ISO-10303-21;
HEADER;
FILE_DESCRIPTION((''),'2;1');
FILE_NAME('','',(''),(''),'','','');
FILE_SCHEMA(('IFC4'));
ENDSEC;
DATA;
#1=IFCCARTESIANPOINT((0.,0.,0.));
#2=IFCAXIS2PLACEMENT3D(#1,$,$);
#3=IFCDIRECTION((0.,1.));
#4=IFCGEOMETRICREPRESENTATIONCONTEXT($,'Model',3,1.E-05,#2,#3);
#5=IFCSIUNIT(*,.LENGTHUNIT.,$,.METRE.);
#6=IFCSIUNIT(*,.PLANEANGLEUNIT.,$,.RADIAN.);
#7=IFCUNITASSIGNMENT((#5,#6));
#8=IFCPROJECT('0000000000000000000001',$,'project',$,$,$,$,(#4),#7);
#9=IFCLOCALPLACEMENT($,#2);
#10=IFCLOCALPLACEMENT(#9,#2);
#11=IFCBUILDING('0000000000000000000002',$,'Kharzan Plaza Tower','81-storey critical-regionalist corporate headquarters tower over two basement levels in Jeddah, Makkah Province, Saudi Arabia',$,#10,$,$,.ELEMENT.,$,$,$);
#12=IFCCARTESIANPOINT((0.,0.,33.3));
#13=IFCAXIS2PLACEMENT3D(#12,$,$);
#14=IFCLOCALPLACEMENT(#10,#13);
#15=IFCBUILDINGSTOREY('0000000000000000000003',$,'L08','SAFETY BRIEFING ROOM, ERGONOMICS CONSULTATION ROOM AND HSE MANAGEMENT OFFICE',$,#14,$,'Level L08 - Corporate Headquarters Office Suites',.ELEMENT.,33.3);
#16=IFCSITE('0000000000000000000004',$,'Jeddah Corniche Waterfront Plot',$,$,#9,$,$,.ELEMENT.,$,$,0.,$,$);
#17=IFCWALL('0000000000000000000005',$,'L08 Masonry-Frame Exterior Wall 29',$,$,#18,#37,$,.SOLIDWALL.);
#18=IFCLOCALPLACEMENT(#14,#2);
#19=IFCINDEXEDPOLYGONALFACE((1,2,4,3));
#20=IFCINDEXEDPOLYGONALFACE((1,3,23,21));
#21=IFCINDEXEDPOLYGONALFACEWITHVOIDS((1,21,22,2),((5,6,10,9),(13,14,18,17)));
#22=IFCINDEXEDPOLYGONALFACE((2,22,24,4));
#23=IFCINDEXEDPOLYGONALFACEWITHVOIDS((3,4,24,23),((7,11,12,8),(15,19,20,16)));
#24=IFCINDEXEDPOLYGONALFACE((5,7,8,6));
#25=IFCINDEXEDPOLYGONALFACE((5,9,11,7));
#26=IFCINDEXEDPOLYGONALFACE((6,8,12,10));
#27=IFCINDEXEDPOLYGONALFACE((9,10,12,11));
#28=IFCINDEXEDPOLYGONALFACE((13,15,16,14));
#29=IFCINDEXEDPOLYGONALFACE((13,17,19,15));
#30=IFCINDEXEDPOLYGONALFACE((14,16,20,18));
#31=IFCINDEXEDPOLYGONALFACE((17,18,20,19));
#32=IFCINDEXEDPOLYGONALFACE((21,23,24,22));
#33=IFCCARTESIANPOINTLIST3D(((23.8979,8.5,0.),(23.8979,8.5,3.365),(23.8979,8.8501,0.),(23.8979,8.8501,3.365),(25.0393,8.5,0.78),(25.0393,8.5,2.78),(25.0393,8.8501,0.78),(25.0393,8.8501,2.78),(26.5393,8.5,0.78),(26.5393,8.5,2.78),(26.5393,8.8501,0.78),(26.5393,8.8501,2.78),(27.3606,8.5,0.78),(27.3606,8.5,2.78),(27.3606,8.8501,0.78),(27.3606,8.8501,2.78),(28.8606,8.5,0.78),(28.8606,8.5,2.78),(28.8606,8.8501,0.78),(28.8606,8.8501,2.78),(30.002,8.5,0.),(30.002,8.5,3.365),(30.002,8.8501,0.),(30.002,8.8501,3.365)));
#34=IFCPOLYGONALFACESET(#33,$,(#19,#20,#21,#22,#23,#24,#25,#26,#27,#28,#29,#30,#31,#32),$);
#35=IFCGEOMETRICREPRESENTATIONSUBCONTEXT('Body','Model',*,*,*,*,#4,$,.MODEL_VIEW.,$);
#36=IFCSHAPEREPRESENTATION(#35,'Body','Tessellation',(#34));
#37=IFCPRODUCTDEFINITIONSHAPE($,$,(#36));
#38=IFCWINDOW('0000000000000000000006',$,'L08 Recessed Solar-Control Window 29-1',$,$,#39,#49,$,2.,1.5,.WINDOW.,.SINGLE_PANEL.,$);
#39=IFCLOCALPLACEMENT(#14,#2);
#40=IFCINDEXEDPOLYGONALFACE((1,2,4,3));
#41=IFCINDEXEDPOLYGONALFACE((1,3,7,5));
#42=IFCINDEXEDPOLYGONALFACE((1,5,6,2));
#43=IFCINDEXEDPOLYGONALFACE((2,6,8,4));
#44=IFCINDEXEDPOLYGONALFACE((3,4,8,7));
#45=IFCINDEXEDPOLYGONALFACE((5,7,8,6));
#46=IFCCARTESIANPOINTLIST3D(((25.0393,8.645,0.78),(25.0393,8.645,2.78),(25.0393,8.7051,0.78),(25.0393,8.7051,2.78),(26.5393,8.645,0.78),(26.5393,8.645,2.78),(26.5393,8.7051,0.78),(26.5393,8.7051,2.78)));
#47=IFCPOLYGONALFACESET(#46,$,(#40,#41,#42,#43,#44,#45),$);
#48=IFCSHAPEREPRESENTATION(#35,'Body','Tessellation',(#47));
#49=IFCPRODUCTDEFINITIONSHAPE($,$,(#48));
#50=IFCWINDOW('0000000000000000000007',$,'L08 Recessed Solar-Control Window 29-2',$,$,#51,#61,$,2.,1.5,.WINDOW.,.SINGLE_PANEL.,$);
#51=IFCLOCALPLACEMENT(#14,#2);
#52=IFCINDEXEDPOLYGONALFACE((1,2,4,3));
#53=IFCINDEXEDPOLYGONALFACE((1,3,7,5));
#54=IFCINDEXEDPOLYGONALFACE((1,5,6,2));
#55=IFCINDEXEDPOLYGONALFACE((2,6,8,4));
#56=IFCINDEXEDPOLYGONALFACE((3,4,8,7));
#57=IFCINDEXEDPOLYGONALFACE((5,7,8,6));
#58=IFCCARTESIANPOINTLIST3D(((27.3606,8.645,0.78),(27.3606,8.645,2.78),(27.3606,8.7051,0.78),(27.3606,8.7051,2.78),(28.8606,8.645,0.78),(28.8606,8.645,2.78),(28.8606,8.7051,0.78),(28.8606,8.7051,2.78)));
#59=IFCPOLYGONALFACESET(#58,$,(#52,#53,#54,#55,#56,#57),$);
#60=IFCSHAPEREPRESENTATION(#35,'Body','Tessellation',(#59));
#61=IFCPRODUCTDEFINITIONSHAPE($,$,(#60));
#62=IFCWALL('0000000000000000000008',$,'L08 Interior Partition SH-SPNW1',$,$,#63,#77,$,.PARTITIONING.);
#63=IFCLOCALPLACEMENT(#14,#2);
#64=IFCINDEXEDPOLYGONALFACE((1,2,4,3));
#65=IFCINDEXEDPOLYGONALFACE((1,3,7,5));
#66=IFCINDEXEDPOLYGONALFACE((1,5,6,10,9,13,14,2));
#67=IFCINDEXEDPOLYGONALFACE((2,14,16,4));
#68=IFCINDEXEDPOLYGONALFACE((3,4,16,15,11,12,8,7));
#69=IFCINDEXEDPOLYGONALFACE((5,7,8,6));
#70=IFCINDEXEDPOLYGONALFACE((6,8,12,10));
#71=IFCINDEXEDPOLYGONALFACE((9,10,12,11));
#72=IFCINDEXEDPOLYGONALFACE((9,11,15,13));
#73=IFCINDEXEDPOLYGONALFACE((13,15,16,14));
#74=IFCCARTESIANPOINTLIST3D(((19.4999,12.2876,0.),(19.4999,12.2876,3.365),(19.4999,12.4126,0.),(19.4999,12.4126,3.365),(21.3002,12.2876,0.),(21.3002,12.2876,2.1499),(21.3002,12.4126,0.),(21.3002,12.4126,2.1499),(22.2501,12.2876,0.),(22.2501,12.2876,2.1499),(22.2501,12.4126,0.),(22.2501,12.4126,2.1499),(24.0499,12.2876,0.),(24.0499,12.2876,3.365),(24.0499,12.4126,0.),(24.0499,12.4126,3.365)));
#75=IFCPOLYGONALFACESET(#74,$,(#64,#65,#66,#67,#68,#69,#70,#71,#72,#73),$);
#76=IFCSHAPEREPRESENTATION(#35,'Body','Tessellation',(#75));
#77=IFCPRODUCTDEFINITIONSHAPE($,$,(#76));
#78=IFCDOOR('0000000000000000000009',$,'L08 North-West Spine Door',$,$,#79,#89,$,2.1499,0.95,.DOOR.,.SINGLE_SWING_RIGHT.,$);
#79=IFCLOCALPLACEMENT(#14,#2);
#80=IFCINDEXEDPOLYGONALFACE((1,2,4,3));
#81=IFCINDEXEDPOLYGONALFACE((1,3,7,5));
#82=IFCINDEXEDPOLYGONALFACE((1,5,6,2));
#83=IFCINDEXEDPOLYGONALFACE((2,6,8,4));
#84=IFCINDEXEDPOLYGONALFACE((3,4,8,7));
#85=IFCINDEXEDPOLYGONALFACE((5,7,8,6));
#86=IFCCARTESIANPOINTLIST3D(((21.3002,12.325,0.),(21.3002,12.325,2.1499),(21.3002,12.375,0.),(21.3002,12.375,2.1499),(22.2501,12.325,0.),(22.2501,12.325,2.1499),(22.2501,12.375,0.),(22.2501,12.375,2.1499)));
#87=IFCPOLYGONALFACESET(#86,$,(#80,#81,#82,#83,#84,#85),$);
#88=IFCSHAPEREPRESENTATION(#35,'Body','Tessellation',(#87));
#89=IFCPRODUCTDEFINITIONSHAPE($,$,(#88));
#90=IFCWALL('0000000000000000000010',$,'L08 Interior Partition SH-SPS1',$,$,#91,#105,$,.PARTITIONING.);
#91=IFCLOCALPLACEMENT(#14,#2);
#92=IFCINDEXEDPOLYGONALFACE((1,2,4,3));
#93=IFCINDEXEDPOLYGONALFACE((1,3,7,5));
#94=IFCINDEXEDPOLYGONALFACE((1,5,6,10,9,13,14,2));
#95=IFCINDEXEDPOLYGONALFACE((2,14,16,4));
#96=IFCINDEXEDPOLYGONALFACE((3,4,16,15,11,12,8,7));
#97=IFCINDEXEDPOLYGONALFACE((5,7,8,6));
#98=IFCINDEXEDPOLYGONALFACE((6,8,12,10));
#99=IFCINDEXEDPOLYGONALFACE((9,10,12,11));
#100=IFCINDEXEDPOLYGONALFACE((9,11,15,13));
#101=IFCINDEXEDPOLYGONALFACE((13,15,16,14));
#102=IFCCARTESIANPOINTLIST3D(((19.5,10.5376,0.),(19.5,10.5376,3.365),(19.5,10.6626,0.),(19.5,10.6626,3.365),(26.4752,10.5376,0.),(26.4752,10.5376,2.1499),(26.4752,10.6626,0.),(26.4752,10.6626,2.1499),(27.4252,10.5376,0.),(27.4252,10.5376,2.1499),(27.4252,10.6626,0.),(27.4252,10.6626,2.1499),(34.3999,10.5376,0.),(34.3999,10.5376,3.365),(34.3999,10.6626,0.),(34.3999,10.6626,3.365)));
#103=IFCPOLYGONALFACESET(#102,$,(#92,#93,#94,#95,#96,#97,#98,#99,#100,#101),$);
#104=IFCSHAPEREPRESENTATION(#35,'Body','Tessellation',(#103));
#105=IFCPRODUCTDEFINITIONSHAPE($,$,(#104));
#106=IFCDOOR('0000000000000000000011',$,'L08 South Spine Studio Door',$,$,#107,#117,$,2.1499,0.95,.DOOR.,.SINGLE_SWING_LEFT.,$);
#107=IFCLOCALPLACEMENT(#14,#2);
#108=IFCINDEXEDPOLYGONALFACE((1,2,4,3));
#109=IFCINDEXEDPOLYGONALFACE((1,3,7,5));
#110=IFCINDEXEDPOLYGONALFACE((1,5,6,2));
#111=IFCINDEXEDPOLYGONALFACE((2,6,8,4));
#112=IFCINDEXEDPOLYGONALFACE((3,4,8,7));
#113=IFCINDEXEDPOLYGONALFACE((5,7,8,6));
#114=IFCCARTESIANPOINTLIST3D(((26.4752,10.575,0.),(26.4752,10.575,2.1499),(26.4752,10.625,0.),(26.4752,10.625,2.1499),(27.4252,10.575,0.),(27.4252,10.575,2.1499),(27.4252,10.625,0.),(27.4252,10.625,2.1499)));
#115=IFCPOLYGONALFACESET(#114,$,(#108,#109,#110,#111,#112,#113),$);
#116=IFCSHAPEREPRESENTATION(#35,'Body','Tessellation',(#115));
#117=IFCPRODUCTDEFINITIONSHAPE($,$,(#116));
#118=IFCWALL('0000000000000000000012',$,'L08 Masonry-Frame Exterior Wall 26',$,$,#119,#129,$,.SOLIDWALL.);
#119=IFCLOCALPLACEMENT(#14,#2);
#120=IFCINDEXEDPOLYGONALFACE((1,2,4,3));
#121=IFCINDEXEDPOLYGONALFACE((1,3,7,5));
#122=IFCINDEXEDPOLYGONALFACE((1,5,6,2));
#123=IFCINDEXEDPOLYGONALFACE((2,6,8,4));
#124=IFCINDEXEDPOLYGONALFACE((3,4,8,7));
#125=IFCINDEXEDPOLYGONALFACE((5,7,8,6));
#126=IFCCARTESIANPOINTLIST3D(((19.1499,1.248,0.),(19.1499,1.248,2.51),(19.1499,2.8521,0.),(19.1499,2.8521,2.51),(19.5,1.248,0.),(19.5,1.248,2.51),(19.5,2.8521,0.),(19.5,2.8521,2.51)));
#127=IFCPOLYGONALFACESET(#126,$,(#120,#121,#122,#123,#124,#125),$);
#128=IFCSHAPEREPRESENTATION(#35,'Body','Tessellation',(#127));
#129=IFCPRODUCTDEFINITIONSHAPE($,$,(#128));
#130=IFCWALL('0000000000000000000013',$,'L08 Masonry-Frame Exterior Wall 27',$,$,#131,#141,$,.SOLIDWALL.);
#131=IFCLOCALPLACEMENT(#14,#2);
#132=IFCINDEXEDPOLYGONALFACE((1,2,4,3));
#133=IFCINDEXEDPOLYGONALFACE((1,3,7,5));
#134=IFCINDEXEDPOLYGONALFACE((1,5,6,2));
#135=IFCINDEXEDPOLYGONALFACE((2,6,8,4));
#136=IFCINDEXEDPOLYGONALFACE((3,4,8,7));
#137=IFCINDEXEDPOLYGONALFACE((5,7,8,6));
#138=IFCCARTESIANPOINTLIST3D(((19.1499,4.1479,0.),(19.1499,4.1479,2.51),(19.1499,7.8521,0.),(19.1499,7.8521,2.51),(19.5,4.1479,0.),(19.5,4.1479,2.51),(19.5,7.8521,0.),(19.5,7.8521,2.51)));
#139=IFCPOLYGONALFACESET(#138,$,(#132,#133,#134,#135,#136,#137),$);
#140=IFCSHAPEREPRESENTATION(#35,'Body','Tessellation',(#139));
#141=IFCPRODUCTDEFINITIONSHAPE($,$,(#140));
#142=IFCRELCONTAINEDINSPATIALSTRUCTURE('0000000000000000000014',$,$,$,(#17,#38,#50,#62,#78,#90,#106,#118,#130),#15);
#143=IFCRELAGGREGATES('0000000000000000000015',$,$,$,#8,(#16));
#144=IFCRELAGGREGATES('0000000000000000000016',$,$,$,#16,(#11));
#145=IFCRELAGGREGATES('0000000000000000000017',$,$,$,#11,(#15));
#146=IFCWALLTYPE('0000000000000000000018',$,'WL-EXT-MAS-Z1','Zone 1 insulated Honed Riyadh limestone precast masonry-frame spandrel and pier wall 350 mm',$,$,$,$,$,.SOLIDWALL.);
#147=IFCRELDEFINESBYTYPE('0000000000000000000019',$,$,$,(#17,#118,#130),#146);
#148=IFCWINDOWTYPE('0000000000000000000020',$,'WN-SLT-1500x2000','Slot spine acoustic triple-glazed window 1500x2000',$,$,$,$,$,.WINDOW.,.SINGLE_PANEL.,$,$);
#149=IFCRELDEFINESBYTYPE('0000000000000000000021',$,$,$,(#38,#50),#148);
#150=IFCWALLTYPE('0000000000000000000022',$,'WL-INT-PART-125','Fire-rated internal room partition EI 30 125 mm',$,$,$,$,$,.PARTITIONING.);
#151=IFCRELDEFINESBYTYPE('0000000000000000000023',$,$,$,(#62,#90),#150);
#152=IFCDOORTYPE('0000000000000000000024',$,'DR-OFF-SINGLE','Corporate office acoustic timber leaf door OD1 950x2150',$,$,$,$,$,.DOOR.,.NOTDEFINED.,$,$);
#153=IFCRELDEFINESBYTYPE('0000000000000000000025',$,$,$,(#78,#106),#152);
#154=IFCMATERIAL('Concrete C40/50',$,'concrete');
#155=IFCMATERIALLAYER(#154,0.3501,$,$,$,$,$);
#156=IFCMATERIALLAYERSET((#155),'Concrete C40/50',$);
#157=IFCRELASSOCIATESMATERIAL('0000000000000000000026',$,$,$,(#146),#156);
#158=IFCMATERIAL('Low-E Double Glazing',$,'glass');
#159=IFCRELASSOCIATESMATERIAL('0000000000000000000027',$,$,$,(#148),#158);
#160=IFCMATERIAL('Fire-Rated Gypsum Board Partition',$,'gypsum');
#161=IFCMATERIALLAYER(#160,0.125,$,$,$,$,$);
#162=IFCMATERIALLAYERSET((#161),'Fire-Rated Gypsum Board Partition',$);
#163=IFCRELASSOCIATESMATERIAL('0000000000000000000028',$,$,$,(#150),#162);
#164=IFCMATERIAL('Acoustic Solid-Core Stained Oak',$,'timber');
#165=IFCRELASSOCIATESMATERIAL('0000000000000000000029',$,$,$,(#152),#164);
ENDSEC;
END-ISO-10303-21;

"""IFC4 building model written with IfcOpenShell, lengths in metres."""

from ifc_helpers import new_model, si_unit, direction, frame, frame_2d, origin, place, context, subcontext, project, spatial, rectangle, extrude, source, transform, mapped, material, layer, layer_set, type_object, element, fill, save


model = new_model("IFC4")

# Units and contexts
model_context = context("Model", 3, precision=1e-05, world=origin(), true_north=direction((0.0, 1.0)))
body_context = subcontext(model_context, "Body", "Model", "MODEL_VIEW")
ifc_project = project(units=[si_unit("LENGTHUNIT", "METRE"), si_unit("PLANEANGLEUNIT", "RADIAN")], contexts=[model_context])

# Site, building, storey
site_placement = place(None, origin())
site = spatial("IfcSite", under=ifc_project, at=site_placement, Name="Jeddah Corniche Waterfront Plot", CompositionType="ELEMENT", RefElevation=0.0)
building_placement = place(site_placement, origin())
building = spatial("IfcBuilding", under=site, at=building_placement, Name="Kharzan Plaza Tower", Description="81-storey critical-regionalist corporate headquarters tower over two basement levels in Jeddah, Makkah Province, Saudi Arabia", CompositionType="ELEMENT")
storey_placement = place(building_placement, frame((0.0, 0.0, 33.3)))
storey = spatial("IfcBuildingStorey", under=building, at=storey_placement, Name="L08", Description="SAFETY BRIEFING ROOM, ERGONOMICS CONSULTATION ROOM AND HSE MANAGEMENT OFFICE", LongName="Level L08 - Corporate Headquarters Office Suites", CompositionType="ELEMENT", Elevation=33.3)

# Shared definitions
ifc_material_1 = material(Name="Concrete C40/50", Category="concrete")
ifc_layer_1 = layer(ifc_material_1, 0.3501)
ifc_layer_set_1 = layer_set([ifc_layer_1], Name="Concrete C40/50")
wall_type_1 = type_object("IfcWallType", Name="WL-EXT-MAS-Z1", Description="Zone 1 insulated Honed Riyadh limestone precast masonry-frame spandrel and pier wall 350 mm", PredefinedType="SOLIDWALL", material=ifc_layer_set_1)
ifc_material_2 = material(Name="Low-E Double Glazing", Category="glass")
window_type = type_object("IfcWindowType", Name="WN-SLT-1500x2000", Description="Slot spine acoustic triple-glazed window 1500x2000", PartitioningType="SINGLE_PANEL", PredefinedType="WINDOW", material=ifc_material_2)
shared_shape_1 = source(origin(), body_context, "Body", "SweptSolid", [
    extrude(rectangle(XDim=1.5, YDim=2.0, at=frame_2d((0.75, 1.0))), frame((0.0, 0.03, 0.0), z_axis=(0.0, -1.0, 0.0), x_axis=(1.0, 0.0, 0.0)), (0.0, 0.0, 1.0), 0.0601),
])

# Wall, openings, windows
wall_1_placement = place(storey_placement, frame((23.8979, 8.675, 0.0), z_axis=(0.0, 0.0, 1.0), x_axis=(1.0, 0.0, 0.0)))
wall_1 = element("IfcWall", 1, at=wall_1_placement, inside=storey, type_object=wall_type_1, Name="L08 Masonry-Frame Exterior Wall 29", PredefinedType="SOLIDWALL", context=body_context, shape_type="SweptSolid", body=[
    extrude(rectangle(XDim=6.104, YDim=0.3501, at=frame_2d((3.052, 0.0))), origin(), (0.0, 0.0, 1.0), 3.365),
])
opening_1_placement = place(wall_1_placement, frame((1.1414, 0.0, 0.78)))
opening_1 = element("IfcOpeningElement", 2, at=opening_1_placement, cuts=wall_1, PredefinedType="OPENING", context=body_context, shape_type="SweptSolid", body=[
    extrude(rectangle(XDim=1.5, YDim=2.0, at=frame_2d((0.75, 1.0))), frame((0.0, 0.1851, 0.0), z_axis=(0.0, -1.0, 0.0), x_axis=(1.0, 0.0, 0.0)), (0.0, 0.0, 1.0), 0.3701),
])
opening_2_placement = place(wall_1_placement, frame((3.4626, 0.0, 0.78)))
opening_2 = element("IfcOpeningElement", 3, at=opening_2_placement, cuts=wall_1, PredefinedType="OPENING", context=body_context, shape_type="SweptSolid", body=[
    extrude(rectangle(XDim=1.5, YDim=2.0, at=frame_2d((0.75, 1.0))), frame((0.0, 0.1851, 0.0), z_axis=(0.0, -1.0, 0.0), x_axis=(1.0, 0.0, 0.0)), (0.0, 0.0, 1.0), 0.3701),
])
window_1_placement = place(opening_1_placement, origin())
window_1 = element("IfcWindow", 4, at=window_1_placement, inside=storey, type_object=window_type, Name="L08 Recessed Solar-Control Window 29-1", OverallHeight=2.0, OverallWidth=1.5, PartitioningType="SINGLE_PANEL", PredefinedType="WINDOW", context=body_context, shape_type="MappedRepresentation", body=[
    mapped(shared_shape_1, transform((0.0, 0.0, 0.0), x_axis=(1.0, 0.0, 0.0), y_axis=(0.0, 1.0, 0.0), z_axis=(0.0, 0.0, 1.0))),
])
fill(opening_1, window_1)
window_2_placement = place(opening_2_placement, origin())
window_2 = element("IfcWindow", 5, at=window_2_placement, inside=storey, type_object=window_type, Name="L08 Recessed Solar-Control Window 29-2", OverallHeight=2.0, OverallWidth=1.5, PartitioningType="SINGLE_PANEL", PredefinedType="WINDOW", context=body_context, shape_type="MappedRepresentation", body=[
    mapped(shared_shape_1, transform((0.0, 0.0, 0.0), x_axis=(1.0, 0.0, 0.0), y_axis=(0.0, 1.0, 0.0), z_axis=(0.0, 0.0, 1.0))),
])
fill(opening_2, window_2)

# Walls, openings, doors
ifc_material_3 = material(Name="Fire-Rated Gypsum Board Partition", Category="gypsum")
ifc_layer_2 = layer(ifc_material_3, 0.125)
ifc_layer_set_2 = layer_set([ifc_layer_2], Name="Fire-Rated Gypsum Board Partition")
wall_type_2 = type_object("IfcWallType", Name="WL-INT-PART-125", Description="Fire-rated internal room partition EI 30 125 mm", PredefinedType="PARTITIONING", material=ifc_layer_set_2)
wall_2_placement = place(storey_placement, frame((19.5, 12.3501, 0.0), z_axis=(0.0, 0.0, 1.0), x_axis=(1.0, 0.0, 0.0)))
wall_2 = element("IfcWall", 6, at=wall_2_placement, inside=storey, type_object=wall_type_2, Name="L08 Interior Partition SH-SPNW1", PredefinedType="PARTITIONING", context=body_context, shape_type="SweptSolid", body=[
    extrude(rectangle(XDim=4.55, YDim=0.125, at=frame_2d((2.2749, 0.0))), origin(), (0.0, 0.0, 1.0), 3.365),
])
opening_3_placement = place(wall_2_placement, frame((1.8, 0.0, 0.0)))
opening_3 = element("IfcOpeningElement", 7, at=opening_3_placement, cuts=wall_2, PredefinedType="OPENING", context=body_context, shape_type="SweptSolid", body=[
    extrude(rectangle(XDim=0.95, YDim=2.1499, at=frame_2d((0.4751, 1.075))), frame((0.0, 0.0725, 0.0), z_axis=(0.0, -1.0, 0.0), x_axis=(1.0, 0.0, 0.0)), (0.0, 0.0, 1.0), 0.145),
])
ifc_material_4 = material(Name="Acoustic Solid-Core Stained Oak", Category="timber")
door_type = type_object("IfcDoorType", Name="DR-OFF-SINGLE", Description="Corporate office acoustic timber leaf door OD1 950x2150", OperationType="NOTDEFINED", PredefinedType="DOOR", material=ifc_material_4)
shared_shape_2 = source(origin(), body_context, "Body", "SweptSolid", [
    extrude(rectangle(XDim=0.95, YDim=2.1499, at=frame_2d((0.4751, 1.075))), frame((0.0, 0.0249, 0.0), z_axis=(0.0, -1.0, 0.0), x_axis=(1.0, 0.0, 0.0)), (0.0, 0.0, 1.0), 0.05),
])
door_1_placement = place(opening_3_placement, origin())
door_1 = element("IfcDoor", 8, at=door_1_placement, inside=storey, type_object=door_type, Name="L08 North-West Spine Door", OperationType="SINGLE_SWING_RIGHT", OverallHeight=2.1499, OverallWidth=0.95, PredefinedType="DOOR", context=body_context, shape_type="MappedRepresentation", body=[
    mapped(shared_shape_2, transform((0.0, 0.0, 0.0), x_axis=(1.0, 0.0, 0.0), y_axis=(0.0, 1.0, 0.0), z_axis=(0.0, 0.0, 1.0))),
])
fill(opening_3, door_1)
wall_3_placement = place(storey_placement, frame((19.5, 10.6001, 0.0), z_axis=(0.0, 0.0, 1.0), x_axis=(1.0, 0.0, 0.0)))
wall_3 = element("IfcWall", 9, at=wall_3_placement, inside=storey, type_object=wall_type_2, Name="L08 Interior Partition SH-SPS1", PredefinedType="PARTITIONING", context=body_context, shape_type="SweptSolid", body=[
    extrude(rectangle(XDim=14.8999, YDim=0.125, at=frame_2d((7.45, 0.0))), origin(), (0.0, 0.0, 1.0), 3.365),
])
opening_4_placement = place(wall_3_placement, frame((6.9751, 0.0, 0.0)))
opening_4 = element("IfcOpeningElement", 10, at=opening_4_placement, cuts=wall_3, PredefinedType="OPENING", context=body_context, shape_type="SweptSolid", body=[
    extrude(rectangle(XDim=0.95, YDim=2.1499, at=frame_2d((0.4751, 1.075))), frame((0.0, 0.0725, 0.0), z_axis=(0.0, -1.0, 0.0), x_axis=(1.0, 0.0, 0.0)), (0.0, 0.0, 1.0), 0.145),
])
door_2_placement = place(opening_4_placement, origin())
door_2 = element("IfcDoor", 11, at=door_2_placement, inside=storey, type_object=door_type, Name="L08 South Spine Studio Door", OperationType="SINGLE_SWING_LEFT", OverallHeight=2.1499, OverallWidth=0.95, PredefinedType="DOOR", context=body_context, shape_type="MappedRepresentation", body=[
    mapped(shared_shape_2, transform((0.0, 0.0, 0.0), x_axis=(1.0, 0.0, 0.0), y_axis=(0.0, 1.0, 0.0), z_axis=(0.0, 0.0, 1.0))),
])
fill(opening_4, door_2)

# Walls
shared_shape_3 = source(origin(), body_context, "Body", "SweptSolid", [
    extrude(rectangle(XDim=1.604, YDim=0.3501, at=frame_2d((0.802, 0.0))), origin(), (0.0, 0.0, 1.0), 2.51),
])
wall_4_placement = place(storey_placement, frame((19.325, 1.248, 0.0), z_axis=(0.0, 0.0, 1.0), x_axis=(0.0, 1.0, 0.0)))
element("IfcWall", 12, at=wall_4_placement, inside=storey, type_object=wall_type_1, Name="L08 Masonry-Frame Exterior Wall 26", PredefinedType="SOLIDWALL", context=body_context, shape_type="MappedRepresentation", body=[
    mapped(shared_shape_3, transform((0.0, 0.0, 0.0), x_axis=(1.0, 0.0, 0.0), y_axis=(0.0, 1.0, 0.0), z_axis=(0.0, 0.0, 1.0))),
])
shared_shape_4 = source(origin(), body_context, "Body", "SweptSolid", [
    extrude(rectangle(XDim=3.7041, YDim=0.3501, at=frame_2d((1.8521, 0.0))), origin(), (0.0, 0.0, 1.0), 2.51),
])
wall_5_placement = place(storey_placement, frame((19.325, 4.1479, 0.0), z_axis=(0.0, 0.0, 1.0), x_axis=(0.0, 1.0, 0.0)))
element("IfcWall", 13, at=wall_5_placement, inside=storey, type_object=wall_type_1, Name="L08 Masonry-Frame Exterior Wall 27", PredefinedType="SOLIDWALL", context=body_context, shape_type="MappedRepresentation", body=[
    mapped(shared_shape_4, transform((0.0, 0.0, 0.0), x_axis=(1.0, 0.0, 0.0), y_axis=(0.0, 1.0, 0.0), z_axis=(0.0, 0.0, 1.0))),
])

save(model, "model.ifc")
